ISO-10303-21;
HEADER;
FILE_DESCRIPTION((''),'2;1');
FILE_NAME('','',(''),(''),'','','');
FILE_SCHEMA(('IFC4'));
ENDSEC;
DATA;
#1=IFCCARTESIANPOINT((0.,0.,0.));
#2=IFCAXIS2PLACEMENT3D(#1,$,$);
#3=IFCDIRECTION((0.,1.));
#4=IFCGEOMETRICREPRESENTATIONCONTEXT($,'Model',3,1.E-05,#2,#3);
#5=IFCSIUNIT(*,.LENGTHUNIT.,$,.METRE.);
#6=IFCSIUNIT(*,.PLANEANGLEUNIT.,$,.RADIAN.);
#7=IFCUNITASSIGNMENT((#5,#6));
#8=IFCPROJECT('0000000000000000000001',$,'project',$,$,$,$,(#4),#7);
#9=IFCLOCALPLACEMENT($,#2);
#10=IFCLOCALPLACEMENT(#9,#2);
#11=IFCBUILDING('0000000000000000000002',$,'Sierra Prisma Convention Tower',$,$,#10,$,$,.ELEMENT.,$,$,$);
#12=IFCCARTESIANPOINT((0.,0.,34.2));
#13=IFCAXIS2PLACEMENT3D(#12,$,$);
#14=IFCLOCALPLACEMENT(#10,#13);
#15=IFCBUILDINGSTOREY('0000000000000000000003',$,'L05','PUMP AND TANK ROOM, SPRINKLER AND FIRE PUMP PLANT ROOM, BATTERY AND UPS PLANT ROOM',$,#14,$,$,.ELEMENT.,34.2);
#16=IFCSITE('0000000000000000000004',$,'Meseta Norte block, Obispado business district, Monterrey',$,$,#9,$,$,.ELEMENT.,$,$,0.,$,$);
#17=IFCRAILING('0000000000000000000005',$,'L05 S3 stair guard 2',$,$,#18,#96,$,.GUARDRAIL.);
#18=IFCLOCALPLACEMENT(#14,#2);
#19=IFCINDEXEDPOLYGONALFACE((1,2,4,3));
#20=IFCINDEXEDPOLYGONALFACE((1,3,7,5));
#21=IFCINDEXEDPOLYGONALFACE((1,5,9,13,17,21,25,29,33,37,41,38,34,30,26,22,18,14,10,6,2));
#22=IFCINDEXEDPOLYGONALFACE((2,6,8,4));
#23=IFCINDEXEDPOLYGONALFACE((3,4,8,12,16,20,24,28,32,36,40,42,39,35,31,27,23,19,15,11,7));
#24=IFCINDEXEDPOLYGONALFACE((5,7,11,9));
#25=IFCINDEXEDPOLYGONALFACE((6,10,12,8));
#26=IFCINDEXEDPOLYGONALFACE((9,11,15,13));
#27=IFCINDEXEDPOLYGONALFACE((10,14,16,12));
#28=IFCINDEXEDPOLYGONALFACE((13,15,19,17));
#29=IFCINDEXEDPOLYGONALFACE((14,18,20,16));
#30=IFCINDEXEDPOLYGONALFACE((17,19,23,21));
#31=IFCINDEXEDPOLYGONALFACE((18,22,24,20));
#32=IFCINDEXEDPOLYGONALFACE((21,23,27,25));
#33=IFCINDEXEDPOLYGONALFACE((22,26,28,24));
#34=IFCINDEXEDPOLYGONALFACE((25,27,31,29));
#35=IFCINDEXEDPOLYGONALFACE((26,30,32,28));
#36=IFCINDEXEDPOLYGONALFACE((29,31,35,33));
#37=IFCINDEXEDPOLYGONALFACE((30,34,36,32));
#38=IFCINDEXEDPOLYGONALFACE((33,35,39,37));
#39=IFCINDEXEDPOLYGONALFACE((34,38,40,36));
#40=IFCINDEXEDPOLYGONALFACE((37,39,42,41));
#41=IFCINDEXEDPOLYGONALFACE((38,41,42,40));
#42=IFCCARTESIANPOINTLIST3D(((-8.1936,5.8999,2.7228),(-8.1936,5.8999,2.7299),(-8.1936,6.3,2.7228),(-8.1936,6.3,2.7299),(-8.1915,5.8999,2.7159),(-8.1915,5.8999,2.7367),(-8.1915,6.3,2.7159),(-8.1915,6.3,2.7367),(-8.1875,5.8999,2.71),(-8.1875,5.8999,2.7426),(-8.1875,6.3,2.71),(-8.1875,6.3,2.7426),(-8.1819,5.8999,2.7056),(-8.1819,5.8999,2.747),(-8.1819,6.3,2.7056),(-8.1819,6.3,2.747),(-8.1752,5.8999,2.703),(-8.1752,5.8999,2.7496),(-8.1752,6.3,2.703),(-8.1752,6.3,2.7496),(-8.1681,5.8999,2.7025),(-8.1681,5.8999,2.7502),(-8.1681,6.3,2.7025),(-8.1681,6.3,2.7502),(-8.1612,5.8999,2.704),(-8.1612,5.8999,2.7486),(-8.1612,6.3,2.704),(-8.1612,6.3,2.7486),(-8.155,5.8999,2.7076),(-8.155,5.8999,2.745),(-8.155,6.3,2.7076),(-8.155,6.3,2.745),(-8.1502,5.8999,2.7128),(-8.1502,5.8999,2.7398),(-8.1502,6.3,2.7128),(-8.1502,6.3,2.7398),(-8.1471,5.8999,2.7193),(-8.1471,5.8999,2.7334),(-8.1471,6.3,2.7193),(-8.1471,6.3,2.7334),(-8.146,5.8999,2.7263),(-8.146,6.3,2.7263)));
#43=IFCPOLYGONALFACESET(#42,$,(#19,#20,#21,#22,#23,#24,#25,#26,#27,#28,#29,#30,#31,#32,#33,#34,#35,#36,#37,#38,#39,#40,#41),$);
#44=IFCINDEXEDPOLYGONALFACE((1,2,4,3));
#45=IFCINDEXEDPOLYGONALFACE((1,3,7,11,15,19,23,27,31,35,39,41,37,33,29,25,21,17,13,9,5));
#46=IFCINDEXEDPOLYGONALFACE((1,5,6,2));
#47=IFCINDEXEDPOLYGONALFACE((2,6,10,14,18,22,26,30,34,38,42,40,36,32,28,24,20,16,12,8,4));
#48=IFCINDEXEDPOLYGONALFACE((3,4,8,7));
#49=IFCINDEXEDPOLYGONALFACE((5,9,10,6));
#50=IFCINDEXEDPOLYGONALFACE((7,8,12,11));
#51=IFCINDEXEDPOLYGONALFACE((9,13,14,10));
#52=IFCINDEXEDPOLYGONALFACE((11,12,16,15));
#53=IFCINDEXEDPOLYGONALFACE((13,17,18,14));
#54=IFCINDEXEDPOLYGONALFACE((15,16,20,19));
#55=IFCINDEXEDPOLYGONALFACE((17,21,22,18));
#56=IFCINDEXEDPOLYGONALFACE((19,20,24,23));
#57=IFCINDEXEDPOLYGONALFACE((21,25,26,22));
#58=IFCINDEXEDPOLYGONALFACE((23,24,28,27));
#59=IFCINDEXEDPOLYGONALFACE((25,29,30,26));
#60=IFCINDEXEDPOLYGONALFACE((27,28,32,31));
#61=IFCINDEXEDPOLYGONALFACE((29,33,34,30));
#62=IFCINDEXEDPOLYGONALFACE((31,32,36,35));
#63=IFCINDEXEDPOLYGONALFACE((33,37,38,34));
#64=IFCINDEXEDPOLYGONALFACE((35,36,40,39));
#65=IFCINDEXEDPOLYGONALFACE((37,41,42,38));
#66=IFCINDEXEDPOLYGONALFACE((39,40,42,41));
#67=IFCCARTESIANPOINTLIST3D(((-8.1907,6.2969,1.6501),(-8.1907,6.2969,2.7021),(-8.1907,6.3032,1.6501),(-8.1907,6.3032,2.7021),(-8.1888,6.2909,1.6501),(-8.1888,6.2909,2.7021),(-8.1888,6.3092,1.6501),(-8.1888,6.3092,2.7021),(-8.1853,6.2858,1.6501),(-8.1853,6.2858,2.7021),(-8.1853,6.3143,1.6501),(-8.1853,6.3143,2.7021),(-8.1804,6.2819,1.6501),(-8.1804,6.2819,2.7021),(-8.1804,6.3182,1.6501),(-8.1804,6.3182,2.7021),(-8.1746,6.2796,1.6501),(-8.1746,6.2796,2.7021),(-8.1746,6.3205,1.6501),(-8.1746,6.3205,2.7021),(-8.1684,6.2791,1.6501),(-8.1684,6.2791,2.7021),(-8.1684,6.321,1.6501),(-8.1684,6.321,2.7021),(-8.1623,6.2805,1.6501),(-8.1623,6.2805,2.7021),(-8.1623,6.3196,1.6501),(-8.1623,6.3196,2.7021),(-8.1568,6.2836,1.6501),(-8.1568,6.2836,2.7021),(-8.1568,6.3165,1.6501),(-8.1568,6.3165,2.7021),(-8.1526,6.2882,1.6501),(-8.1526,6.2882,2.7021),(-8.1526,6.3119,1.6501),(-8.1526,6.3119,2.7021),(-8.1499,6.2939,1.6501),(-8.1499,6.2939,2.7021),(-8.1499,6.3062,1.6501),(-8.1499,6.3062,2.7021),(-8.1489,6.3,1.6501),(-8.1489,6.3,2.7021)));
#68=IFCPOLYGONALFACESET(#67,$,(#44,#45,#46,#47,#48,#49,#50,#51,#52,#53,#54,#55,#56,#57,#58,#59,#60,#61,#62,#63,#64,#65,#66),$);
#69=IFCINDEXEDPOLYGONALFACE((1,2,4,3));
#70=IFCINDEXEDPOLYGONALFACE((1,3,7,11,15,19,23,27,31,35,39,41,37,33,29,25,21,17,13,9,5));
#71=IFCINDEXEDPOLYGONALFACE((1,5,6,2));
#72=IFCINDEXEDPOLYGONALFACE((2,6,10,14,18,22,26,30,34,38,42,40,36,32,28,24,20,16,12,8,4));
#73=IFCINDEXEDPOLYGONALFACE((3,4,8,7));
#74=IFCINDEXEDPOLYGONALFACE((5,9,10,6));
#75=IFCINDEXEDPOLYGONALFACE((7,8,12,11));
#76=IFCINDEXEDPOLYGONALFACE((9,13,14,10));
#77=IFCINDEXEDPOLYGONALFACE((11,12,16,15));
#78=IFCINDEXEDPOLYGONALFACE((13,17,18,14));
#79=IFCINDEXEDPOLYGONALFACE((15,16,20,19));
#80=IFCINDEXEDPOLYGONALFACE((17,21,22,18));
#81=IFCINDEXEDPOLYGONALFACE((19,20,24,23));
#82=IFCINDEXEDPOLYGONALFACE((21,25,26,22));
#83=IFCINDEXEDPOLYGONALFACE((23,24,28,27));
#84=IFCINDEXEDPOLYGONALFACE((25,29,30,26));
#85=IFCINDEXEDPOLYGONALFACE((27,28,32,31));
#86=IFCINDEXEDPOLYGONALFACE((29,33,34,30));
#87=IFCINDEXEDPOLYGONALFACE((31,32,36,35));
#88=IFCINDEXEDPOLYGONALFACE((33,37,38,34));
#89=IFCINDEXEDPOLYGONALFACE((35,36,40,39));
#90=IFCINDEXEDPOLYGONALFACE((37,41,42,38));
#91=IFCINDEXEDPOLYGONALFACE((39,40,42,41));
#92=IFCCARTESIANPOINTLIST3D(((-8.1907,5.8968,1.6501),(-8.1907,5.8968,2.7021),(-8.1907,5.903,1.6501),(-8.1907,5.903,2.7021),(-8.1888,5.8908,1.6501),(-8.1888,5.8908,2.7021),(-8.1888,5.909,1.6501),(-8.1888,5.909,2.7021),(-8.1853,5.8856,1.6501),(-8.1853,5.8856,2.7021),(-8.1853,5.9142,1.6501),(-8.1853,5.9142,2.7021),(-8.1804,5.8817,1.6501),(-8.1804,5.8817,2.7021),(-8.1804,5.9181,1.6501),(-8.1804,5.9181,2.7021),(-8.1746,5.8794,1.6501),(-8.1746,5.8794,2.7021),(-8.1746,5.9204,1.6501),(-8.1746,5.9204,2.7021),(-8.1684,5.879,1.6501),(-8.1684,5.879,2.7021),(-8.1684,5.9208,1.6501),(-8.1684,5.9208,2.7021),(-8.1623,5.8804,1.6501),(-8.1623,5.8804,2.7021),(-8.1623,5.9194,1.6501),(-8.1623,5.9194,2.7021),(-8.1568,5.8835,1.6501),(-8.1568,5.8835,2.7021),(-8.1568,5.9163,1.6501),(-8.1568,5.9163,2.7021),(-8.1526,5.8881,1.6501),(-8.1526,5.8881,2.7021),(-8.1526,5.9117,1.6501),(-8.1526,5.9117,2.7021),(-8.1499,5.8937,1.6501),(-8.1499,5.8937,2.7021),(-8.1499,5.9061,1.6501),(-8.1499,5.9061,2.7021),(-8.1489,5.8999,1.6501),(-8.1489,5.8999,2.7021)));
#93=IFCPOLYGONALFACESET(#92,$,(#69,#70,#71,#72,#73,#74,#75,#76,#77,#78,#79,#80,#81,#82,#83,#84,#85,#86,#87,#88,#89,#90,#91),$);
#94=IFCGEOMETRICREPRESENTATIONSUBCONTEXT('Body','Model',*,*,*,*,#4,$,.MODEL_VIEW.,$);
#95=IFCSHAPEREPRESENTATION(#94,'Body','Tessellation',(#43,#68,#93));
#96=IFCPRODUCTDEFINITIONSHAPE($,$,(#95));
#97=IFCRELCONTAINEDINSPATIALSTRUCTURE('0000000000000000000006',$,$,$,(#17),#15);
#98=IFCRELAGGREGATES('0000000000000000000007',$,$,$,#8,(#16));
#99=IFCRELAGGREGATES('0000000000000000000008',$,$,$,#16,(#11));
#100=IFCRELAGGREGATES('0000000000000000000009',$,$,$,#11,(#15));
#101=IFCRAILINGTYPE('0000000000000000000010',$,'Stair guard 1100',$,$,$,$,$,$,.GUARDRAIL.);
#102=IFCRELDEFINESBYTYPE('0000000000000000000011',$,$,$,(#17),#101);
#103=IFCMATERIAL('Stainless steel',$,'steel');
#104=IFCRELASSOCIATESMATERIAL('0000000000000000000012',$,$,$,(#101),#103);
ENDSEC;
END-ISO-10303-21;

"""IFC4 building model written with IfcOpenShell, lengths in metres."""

from ifc_helpers import new_model, si_unit, direction, frame, origin, origin_2d, place, context, subcontext, project, spatial, circle, extrude, material, type_object, element, save


model = new_model("IFC4")

# Units and contexts
model_context = context("Model", 3, precision=1e-05, world=origin(), true_north=direction((0.0, 1.0)))
body_context = subcontext(model_context, "Body", "Model", "MODEL_VIEW")
ifc_project = project(units=[si_unit("LENGTHUNIT", "METRE"), si_unit("PLANEANGLEUNIT", "RADIAN")], contexts=[model_context])

# Site, building, storey
site_placement = place(None, origin())
site = spatial("IfcSite", under=ifc_project, at=site_placement, Name="Meseta Norte block, Obispado business district, Monterrey", CompositionType="ELEMENT", RefElevation=0.0)
building_placement = place(site_placement, origin())
building = spatial("IfcBuilding", under=site, at=building_placement, Name="Sierra Prisma Convention Tower", CompositionType="ELEMENT")
storey_placement = place(building_placement, frame((0.0, 0.0, 34.2)))
storey = spatial("IfcBuildingStorey", under=building, at=storey_placement, Name="L05", Description="PUMP AND TANK ROOM, SPRINKLER AND FIRE PUMP PLANT ROOM, BATTERY AND UPS PLANT ROOM", CompositionType="ELEMENT", Elevation=34.2)

# Railing
ifc_material_1 = material(Name="Stainless steel", Category="steel")
railing_type_1 = type_object("IfcRailingType", Name="Stair guard 1100", PredefinedType="GUARDRAIL", material=ifc_material_1)
railing_1_placement = place(storey_placement, frame((-8.1699, 6.3, 1.6501)))
element("IfcRailing", 1, at=railing_1_placement, inside=storey, type_object=railing_type_1, Name="L05 S3 stair guard 2", PredefinedType="GUARDRAIL", context=body_context, shape_type="SweptSolid", body=[
    extrude(circle(Radius=0.0239, at=origin_2d()), frame((0.0, 0.0, 1.0762), z_axis=(0.0, -1.0, 0.0), x_axis=(1.0, 0.0, 0.0)), (0.0, 0.0, 1.0), 0.4001),
    extrude(circle(Radius=0.021, at=origin_2d()), origin(), (0.0, 0.0, 1.0), 1.052),
    extrude(circle(Radius=0.021, at=origin_2d()), frame((0.0, -0.4001, 0.0)), (0.0, 0.0, 1.0), 1.052),
])

save(model, "model.ifc")
